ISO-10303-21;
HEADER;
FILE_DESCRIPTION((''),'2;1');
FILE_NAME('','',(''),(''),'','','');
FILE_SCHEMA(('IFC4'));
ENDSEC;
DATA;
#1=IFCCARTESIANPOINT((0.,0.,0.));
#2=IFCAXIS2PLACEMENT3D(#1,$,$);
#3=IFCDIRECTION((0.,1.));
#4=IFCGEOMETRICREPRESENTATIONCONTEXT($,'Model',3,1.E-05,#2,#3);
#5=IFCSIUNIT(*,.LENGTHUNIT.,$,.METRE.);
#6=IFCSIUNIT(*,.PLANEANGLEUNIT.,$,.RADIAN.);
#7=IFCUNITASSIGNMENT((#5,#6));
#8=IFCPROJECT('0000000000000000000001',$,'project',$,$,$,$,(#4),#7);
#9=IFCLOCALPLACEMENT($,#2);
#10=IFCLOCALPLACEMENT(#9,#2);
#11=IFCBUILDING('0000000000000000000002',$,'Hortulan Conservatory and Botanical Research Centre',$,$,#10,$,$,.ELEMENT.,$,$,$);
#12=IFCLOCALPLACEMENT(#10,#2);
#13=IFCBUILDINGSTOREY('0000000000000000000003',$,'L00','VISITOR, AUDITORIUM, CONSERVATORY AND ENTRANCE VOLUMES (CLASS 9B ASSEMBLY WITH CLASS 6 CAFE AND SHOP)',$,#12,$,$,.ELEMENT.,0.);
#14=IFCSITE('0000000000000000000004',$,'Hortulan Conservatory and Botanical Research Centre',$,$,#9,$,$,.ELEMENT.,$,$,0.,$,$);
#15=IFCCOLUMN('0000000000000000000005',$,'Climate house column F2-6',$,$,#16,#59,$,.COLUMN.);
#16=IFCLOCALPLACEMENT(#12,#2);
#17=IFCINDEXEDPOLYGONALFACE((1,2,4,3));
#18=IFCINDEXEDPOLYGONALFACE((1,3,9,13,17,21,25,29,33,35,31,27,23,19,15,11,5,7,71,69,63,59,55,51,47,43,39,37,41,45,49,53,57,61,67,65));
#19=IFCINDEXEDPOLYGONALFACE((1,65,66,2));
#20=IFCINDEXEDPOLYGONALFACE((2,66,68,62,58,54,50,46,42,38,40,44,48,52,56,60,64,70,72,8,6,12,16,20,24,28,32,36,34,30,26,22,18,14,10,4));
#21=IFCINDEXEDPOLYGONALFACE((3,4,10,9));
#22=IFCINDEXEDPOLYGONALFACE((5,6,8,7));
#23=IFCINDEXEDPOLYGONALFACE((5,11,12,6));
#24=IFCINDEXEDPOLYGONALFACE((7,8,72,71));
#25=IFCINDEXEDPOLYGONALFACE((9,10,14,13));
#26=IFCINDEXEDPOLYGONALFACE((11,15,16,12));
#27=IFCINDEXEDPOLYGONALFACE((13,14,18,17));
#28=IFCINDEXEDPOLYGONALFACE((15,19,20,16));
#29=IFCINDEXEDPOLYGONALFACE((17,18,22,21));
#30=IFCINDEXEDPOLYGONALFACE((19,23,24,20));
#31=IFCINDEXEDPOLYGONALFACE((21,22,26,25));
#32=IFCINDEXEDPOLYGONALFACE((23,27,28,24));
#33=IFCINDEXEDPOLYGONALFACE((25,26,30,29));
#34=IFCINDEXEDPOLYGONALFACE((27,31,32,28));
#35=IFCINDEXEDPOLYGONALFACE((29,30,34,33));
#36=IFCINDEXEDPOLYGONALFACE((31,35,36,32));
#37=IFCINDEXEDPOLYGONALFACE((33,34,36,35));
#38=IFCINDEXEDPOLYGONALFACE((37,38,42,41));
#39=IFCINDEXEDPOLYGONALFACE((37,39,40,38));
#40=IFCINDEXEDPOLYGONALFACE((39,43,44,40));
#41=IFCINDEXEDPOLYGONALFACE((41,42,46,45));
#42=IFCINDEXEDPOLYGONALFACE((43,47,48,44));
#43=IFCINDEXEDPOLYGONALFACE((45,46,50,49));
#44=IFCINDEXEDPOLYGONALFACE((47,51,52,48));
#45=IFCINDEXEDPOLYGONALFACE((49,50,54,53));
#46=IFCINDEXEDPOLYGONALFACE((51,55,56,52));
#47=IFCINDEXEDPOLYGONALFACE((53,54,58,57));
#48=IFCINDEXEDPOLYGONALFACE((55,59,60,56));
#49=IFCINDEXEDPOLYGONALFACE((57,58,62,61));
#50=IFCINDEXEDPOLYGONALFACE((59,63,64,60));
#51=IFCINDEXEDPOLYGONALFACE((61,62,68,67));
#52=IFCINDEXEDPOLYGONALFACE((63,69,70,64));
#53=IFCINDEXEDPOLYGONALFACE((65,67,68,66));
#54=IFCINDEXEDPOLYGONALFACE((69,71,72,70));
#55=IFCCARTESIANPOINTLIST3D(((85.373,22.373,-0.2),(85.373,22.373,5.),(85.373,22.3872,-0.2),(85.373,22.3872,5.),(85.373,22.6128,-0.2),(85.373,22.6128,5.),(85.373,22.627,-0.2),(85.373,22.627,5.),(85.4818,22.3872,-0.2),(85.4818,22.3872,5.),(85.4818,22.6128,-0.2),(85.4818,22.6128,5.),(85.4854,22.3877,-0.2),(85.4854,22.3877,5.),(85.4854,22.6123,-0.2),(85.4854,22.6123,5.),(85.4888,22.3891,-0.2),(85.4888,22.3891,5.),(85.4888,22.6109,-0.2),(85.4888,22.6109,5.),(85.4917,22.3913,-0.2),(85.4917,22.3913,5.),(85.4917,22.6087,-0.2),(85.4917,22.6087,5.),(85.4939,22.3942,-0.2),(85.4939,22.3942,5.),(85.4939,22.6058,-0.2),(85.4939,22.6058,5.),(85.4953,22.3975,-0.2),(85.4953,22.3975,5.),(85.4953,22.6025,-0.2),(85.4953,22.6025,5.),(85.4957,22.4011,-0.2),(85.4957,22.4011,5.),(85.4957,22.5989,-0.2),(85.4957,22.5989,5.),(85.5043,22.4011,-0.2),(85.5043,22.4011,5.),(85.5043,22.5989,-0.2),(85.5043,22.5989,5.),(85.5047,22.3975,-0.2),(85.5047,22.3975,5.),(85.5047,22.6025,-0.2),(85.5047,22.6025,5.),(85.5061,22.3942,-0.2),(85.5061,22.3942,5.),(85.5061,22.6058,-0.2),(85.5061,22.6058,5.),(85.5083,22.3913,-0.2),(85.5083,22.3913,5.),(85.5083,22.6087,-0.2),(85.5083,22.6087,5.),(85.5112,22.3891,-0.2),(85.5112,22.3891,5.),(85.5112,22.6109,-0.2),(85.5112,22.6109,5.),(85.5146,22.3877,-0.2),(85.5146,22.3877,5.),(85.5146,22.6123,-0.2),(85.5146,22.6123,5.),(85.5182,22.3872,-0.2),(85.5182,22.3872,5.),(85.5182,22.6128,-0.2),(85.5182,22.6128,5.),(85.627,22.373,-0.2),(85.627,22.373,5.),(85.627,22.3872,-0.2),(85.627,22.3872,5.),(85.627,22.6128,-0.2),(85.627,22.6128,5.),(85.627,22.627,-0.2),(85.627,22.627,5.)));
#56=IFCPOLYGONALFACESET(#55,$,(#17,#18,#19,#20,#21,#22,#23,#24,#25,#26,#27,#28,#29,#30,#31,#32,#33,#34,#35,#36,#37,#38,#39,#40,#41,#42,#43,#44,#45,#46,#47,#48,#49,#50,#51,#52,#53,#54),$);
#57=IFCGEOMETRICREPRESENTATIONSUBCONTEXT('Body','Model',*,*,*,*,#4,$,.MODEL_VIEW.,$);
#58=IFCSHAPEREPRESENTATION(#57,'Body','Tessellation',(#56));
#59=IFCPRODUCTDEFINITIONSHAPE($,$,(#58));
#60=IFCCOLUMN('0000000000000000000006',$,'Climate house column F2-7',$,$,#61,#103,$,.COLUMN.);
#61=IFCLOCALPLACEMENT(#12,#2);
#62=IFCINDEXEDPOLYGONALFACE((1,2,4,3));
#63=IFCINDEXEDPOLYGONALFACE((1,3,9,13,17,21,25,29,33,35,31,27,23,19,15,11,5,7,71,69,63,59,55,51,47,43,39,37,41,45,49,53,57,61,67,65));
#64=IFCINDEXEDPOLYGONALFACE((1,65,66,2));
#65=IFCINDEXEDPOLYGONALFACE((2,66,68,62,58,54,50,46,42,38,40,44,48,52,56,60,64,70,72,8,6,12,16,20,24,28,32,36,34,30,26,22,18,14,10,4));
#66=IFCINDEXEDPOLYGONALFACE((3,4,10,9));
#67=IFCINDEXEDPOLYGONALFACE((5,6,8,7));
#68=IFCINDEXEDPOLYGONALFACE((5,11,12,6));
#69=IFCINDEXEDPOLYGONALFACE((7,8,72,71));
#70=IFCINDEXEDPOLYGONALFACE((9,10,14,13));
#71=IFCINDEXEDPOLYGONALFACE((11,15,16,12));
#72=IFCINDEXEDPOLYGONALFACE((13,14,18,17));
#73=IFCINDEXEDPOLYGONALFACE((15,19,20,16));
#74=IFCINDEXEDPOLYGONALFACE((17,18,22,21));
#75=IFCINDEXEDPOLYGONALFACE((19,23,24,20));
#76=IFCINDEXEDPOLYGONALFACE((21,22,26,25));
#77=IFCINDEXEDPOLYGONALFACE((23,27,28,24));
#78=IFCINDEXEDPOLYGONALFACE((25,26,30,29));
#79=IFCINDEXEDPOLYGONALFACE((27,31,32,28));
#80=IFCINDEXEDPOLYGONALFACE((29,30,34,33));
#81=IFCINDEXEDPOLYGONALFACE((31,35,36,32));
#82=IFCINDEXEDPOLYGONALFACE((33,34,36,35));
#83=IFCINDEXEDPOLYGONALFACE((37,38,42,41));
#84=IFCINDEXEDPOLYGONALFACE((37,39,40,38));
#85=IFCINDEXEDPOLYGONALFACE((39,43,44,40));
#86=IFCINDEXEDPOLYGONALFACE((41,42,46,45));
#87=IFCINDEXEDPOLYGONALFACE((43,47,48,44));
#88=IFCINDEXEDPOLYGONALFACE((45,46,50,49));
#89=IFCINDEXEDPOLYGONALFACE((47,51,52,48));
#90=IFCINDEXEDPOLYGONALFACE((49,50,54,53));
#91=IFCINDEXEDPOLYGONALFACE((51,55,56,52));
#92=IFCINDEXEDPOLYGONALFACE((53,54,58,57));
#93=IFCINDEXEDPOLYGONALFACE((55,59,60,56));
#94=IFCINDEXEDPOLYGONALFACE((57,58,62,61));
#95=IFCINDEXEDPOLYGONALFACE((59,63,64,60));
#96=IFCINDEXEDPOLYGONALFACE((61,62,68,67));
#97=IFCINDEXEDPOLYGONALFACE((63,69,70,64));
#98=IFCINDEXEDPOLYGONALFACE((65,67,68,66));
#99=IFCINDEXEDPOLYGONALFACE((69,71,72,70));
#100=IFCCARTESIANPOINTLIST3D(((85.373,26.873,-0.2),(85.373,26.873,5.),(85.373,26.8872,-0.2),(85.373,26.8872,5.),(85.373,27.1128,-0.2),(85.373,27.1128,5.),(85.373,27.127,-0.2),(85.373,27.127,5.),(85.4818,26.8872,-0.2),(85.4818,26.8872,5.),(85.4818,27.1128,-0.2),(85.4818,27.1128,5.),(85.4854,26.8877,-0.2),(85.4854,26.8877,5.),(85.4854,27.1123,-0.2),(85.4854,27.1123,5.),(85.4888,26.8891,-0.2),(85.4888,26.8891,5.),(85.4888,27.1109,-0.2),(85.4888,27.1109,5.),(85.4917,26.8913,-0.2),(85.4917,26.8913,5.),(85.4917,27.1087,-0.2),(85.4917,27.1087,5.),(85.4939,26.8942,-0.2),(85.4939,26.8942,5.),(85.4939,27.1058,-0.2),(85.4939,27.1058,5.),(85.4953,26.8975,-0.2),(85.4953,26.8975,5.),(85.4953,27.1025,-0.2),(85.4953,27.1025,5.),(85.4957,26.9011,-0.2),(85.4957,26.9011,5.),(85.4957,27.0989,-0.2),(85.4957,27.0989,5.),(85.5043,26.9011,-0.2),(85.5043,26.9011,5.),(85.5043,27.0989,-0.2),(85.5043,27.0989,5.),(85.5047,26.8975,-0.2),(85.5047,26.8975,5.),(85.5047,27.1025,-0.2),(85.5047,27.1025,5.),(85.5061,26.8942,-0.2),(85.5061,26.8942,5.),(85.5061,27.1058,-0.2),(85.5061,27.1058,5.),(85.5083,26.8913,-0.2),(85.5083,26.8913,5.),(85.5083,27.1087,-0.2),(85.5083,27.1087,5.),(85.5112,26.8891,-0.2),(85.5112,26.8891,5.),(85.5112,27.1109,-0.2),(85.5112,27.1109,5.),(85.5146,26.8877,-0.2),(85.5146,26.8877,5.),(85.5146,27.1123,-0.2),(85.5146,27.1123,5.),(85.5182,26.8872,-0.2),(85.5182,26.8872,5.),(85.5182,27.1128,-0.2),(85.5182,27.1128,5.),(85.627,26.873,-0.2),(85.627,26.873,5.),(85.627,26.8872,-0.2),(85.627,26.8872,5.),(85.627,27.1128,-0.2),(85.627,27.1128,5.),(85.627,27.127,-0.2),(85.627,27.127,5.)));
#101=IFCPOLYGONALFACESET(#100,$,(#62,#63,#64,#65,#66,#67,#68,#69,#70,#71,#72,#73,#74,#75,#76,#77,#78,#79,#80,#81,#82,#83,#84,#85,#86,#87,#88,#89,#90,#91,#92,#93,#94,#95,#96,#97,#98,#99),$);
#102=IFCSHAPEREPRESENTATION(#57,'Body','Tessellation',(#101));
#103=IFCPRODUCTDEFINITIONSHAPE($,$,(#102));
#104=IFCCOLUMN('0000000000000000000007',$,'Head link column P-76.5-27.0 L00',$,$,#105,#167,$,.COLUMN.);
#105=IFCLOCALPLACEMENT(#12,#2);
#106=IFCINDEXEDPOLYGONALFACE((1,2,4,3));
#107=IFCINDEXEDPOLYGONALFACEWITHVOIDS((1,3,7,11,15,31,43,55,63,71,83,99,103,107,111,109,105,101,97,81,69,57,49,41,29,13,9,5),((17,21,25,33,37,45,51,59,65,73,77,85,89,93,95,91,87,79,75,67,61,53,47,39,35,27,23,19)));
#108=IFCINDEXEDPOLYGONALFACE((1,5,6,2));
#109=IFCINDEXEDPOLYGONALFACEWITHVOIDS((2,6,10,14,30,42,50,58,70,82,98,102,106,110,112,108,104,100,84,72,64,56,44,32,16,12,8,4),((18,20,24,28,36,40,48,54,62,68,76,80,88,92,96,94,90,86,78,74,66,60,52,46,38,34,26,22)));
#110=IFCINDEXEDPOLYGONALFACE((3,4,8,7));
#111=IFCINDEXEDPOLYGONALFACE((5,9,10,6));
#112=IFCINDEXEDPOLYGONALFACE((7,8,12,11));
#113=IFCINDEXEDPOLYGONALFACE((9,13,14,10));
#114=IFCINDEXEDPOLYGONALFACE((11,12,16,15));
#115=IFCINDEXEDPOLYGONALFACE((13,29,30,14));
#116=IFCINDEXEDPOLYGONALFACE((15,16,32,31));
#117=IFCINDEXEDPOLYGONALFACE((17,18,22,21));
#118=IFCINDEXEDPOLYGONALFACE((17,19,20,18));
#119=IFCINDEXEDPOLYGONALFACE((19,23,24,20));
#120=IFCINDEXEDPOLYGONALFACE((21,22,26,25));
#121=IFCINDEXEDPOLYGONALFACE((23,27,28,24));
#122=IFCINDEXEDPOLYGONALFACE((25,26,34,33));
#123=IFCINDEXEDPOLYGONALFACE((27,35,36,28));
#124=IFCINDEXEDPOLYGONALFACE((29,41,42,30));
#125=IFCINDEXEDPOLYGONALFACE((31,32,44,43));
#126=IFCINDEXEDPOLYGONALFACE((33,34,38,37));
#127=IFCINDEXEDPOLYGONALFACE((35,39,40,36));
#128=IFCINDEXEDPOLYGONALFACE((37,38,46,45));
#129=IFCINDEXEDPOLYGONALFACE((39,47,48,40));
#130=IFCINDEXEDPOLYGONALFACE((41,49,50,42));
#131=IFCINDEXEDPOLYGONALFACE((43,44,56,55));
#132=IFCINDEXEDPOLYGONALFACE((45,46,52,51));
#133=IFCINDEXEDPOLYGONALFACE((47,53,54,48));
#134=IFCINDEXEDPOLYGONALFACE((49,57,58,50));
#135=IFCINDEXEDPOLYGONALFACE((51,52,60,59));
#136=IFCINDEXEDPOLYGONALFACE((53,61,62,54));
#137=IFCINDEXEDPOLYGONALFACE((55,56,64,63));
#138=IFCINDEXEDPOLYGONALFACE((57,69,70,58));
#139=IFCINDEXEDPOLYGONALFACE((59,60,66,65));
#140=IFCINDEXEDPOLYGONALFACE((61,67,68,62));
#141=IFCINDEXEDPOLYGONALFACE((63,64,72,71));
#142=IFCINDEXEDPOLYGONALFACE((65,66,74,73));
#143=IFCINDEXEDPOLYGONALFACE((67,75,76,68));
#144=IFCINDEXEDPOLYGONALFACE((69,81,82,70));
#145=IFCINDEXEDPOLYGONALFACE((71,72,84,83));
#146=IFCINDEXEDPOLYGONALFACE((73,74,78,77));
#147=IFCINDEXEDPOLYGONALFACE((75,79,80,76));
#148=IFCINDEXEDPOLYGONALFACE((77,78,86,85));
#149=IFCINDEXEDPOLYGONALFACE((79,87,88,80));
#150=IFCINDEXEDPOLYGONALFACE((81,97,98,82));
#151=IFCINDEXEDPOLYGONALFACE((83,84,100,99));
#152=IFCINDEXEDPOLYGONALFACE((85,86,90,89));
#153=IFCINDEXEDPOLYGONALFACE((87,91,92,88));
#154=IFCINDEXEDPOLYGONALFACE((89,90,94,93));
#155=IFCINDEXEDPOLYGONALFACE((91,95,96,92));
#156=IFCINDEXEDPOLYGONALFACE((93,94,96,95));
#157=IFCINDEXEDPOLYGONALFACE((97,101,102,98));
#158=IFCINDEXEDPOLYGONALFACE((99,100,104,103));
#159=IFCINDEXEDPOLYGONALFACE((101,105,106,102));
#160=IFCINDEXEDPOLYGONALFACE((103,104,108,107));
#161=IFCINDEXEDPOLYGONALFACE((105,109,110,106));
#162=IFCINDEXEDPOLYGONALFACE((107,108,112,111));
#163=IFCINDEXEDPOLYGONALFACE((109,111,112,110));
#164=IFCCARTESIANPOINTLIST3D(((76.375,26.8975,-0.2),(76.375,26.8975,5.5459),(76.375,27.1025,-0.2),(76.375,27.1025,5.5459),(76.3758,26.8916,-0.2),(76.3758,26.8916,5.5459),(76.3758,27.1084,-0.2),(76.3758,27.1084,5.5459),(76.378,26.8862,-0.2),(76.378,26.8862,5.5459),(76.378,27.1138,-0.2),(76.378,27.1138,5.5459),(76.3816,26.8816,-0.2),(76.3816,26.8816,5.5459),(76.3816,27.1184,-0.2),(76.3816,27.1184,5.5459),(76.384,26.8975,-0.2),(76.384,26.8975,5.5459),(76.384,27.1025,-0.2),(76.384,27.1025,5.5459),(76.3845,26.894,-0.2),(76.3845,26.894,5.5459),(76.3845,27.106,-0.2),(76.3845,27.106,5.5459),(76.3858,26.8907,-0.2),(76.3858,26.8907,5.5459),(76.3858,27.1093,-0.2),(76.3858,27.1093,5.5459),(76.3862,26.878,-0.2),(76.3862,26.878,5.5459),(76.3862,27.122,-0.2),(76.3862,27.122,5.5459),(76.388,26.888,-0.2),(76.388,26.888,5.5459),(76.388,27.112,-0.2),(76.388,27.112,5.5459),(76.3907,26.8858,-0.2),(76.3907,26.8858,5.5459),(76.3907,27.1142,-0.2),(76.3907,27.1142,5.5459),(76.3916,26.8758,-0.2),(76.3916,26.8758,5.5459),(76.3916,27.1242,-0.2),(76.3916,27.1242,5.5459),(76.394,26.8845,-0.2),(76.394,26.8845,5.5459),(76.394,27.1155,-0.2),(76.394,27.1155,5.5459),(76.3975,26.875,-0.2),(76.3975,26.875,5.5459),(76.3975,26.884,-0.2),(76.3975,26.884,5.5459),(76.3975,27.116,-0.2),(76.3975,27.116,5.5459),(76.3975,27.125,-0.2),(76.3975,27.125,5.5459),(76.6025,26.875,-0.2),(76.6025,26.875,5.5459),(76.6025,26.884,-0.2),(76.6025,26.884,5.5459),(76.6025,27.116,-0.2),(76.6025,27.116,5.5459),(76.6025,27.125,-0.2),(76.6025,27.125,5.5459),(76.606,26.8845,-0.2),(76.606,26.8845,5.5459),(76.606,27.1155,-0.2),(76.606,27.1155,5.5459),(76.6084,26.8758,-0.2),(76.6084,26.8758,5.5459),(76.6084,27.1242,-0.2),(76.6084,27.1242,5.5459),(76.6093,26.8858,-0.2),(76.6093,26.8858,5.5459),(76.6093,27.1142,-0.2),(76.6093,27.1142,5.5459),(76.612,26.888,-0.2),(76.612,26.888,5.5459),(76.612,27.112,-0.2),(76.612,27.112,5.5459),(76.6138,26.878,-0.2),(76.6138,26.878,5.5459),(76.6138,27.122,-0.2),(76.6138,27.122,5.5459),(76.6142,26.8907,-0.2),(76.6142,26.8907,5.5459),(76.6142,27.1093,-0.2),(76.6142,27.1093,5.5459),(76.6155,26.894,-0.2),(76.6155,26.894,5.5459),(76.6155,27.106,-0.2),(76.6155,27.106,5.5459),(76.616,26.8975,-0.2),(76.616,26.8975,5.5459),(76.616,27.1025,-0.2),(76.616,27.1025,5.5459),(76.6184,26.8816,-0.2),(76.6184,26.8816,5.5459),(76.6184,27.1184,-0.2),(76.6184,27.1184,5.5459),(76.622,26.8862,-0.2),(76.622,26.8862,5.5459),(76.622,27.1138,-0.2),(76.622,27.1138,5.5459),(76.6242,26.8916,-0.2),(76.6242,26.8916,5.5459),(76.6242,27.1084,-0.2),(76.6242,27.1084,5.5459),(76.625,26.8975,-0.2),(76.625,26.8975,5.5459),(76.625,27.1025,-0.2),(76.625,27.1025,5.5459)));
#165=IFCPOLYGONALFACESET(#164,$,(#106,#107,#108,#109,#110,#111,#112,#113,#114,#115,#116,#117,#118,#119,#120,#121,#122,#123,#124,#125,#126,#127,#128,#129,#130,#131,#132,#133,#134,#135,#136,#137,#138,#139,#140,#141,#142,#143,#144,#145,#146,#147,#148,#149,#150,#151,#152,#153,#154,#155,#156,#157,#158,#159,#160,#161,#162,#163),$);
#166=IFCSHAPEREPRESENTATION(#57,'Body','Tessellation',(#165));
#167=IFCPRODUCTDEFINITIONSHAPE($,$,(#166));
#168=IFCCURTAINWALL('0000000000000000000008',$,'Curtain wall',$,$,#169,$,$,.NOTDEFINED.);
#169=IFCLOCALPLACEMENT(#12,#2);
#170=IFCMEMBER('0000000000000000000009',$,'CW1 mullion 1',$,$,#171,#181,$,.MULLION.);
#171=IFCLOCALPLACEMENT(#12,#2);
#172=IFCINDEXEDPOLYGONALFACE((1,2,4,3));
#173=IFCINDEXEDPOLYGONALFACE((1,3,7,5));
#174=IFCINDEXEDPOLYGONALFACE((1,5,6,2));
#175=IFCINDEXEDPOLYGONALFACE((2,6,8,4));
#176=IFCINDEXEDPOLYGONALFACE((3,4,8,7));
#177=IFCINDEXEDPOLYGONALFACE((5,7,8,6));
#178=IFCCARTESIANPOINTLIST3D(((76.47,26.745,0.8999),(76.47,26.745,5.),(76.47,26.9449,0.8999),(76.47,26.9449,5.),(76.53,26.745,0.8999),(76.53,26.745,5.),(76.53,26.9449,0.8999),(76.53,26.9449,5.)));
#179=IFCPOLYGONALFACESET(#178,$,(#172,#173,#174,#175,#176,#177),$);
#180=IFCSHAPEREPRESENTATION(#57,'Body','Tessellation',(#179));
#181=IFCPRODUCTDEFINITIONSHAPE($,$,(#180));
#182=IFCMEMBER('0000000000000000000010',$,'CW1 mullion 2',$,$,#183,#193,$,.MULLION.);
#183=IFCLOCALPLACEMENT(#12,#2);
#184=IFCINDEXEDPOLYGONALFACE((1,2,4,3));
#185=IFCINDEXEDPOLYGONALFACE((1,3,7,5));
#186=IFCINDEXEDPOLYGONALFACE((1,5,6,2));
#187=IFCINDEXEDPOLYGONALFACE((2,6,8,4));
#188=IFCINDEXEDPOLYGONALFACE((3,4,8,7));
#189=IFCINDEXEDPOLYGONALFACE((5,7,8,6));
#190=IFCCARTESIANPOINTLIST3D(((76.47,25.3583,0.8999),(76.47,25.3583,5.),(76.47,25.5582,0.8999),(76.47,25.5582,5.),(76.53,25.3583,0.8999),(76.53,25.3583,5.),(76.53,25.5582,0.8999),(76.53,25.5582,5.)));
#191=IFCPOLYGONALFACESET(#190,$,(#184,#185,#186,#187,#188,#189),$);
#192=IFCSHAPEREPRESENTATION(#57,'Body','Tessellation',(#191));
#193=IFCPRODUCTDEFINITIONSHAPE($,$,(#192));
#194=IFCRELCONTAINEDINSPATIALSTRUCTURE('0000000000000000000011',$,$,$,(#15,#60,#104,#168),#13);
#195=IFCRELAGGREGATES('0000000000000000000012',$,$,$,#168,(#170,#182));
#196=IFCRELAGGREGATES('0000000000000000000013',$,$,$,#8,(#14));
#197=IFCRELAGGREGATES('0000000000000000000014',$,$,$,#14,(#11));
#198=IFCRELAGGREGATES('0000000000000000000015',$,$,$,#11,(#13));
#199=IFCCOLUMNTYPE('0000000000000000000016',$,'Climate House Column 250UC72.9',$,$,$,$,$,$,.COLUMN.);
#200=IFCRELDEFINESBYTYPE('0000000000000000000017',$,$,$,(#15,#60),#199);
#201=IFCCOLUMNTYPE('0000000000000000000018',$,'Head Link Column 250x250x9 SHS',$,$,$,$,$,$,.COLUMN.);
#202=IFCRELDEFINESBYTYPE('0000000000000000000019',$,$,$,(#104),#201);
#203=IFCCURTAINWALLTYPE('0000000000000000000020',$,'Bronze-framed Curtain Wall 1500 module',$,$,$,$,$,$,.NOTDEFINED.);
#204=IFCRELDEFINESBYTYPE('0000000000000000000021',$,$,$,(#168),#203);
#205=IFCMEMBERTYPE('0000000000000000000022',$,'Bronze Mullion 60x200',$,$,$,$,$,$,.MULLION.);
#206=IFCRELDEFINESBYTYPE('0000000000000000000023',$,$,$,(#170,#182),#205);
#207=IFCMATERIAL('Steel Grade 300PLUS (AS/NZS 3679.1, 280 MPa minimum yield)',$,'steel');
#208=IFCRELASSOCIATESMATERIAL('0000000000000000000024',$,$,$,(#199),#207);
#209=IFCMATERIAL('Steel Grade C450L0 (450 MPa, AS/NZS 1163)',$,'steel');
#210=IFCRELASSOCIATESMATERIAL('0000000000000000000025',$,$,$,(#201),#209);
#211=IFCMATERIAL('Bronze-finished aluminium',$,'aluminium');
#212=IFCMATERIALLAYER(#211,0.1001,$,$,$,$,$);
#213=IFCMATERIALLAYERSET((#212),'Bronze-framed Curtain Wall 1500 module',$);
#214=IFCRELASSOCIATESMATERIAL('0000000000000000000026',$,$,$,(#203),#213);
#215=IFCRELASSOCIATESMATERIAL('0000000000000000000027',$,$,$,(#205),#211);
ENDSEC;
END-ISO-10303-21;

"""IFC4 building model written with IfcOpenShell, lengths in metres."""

from ifc_helpers import new_model, si_unit, direction, frame, origin, origin_2d, place, context, subcontext, project, spatial, rectangle, hollow_rectangle, i_section, extrude, material, layer, layer_set, material_profile, profile_set, type_object, element, aggregate, save


model = new_model("IFC4")

# Units and contexts
model_context = context("Model", 3, precision=1e-05, world=origin(), true_north=direction((0.0, 1.0)))
body_context = subcontext(model_context, "Body", "Model", "MODEL_VIEW")
ifc_project = project(units=[si_unit("LENGTHUNIT", "METRE"), si_unit("PLANEANGLEUNIT", "RADIAN")], contexts=[model_context])

# Site, building, storey
site_placement = place(None, origin())
site = spatial("IfcSite", under=ifc_project, at=site_placement, Name="Hortulan Conservatory and Botanical Research Centre", CompositionType="ELEMENT", RefElevation=0.0)
building_placement = place(site_placement, origin())
building = spatial("IfcBuilding", under=site, at=building_placement, Name="Hortulan Conservatory and Botanical Research Centre", CompositionType="ELEMENT")
storey_placement = place(building_placement, origin())
storey = spatial("IfcBuildingStorey", under=building, at=storey_placement, Name="L00", Description="VISITOR, AUDITORIUM, CONSERVATORY AND ENTRANCE VOLUMES (CLASS 9B ASSEMBLY WITH CLASS 6 CAFE AND SHOP)", CompositionType="ELEMENT", Elevation=0.0)

# Columns
ifc_material_1 = material(Name="Steel Grade 300PLUS (AS/NZS 3679.1, 280 MPa minimum yield)", Category="steel")
ifc_material_profile_1 = material_profile(ifc_material_1, i_section(OverallWidth=0.2539, OverallDepth=0.2539, WebThickness=0.0085, FlangeThickness=0.0142, FilletRadius=0.0139, at=origin_2d()), Name="250UC72.9")
ifc_profile_set_1 = profile_set([ifc_material_profile_1], Name="Steel Grade 300PLUS (AS/NZS 3679.1, 280 MPa minimum yield)")
column_type_1 = type_object("IfcColumnType", Name="Climate House Column 250UC72.9", PredefinedType="COLUMN", material=ifc_profile_set_1)
for number, where, z_axis, x_axis, name in (
    (1, (85.5, 22.5, -0.2), (0.0, 0.0, 1.0), (1.0, 0.0, 0.0), "Climate house column F2-6"),
    (2, (85.5, 27.0, -0.2), (0.0, 0.0, 1.0), (1.0, 0.0, 0.0), "Climate house column F2-7"),
):
    element("IfcColumn", number, at=place(storey_placement, frame(where, z_axis=z_axis, x_axis=x_axis)), inside=storey, type_object=column_type_1, Name=name, PredefinedType="COLUMN", context=body_context, shape_type="SweptSolid", body=[
        extrude(i_section(OverallWidth=0.2539, OverallDepth=0.2539, WebThickness=0.0085, FlangeThickness=0.0142, FilletRadius=0.0139, at=origin_2d()), origin(), (0.0, 0.0, 1.0), 5.2),
    ])
ifc_material_2 = material(Name="Steel Grade C450L0 (450 MPa, AS/NZS 1163)", Category="steel")
ifc_material_profile_2 = material_profile(ifc_material_2, hollow_rectangle(XDim=0.25, YDim=0.25, WallThickness=0.009, InnerFilletRadius=0.0134, OuterFilletRadius=0.0225, at=origin_2d()), Name="250x250x9SHS")
ifc_profile_set_2 = profile_set([ifc_material_profile_2], Name="Steel Grade C450L0 (450 MPa, AS/NZS 1163)")
column_type_2 = type_object("IfcColumnType", Name="Head Link Column 250x250x9 SHS", PredefinedType="COLUMN", material=ifc_profile_set_2)
column_placement = place(storey_placement, frame((76.5, 27.0, -0.2), z_axis=(0.0, 0.0, 1.0), x_axis=(1.0, 0.0, 0.0)))
element("IfcColumn", 3, at=column_placement, inside=storey, type_object=column_type_2, Name="Head link column P-76.5-27.0 L00", PredefinedType="COLUMN", context=body_context, shape_type="SweptSolid", body=[
    extrude(hollow_rectangle(XDim=0.25, YDim=0.25, WallThickness=0.009, InnerFilletRadius=0.0134, OuterFilletRadius=0.0225, at=origin_2d()), origin(), (0.0, 0.0, 1.0), 5.7458),
])

# Curtain wall, members
ifc_material_3 = material(Name="Bronze-finished aluminium", Category="aluminium")
ifc_layer_1 = layer(ifc_material_3, 0.1001)
ifc_layer_set_1 = layer_set([ifc_layer_1], Name="Bronze-framed Curtain Wall 1500 module")
curtain_wall_type = type_object("IfcCurtainWallType", Name="Bronze-framed Curtain Wall 1500 module", PredefinedType="NOTDEFINED", material=ifc_layer_set_1)
curtain_wall_placement = place(storey_placement, origin())
curtain_wall = element("IfcCurtainWall", 4, at=curtain_wall_placement, inside=storey, type_object=curtain_wall_type, Name="Curtain wall", PredefinedType="NOTDEFINED")
ifc_material_profile_3 = material_profile(ifc_material_3, rectangle(XDim=0.0601, YDim=0.2, at=origin_2d()), Name="Bronze Mullion 60x200")
ifc_profile_set_3 = profile_set([ifc_material_profile_3], Name="Bronze-finished aluminium")
member_type_1 = type_object("IfcMemberType", Name="Bronze Mullion 60x200", PredefinedType="MULLION", material=ifc_profile_set_3)
member_1_placement = place(storey_placement, frame((76.5, 26.845, 0.8999), z_axis=(0.0, 0.0, 1.0), x_axis=(1.0, 0.0, 0.0)))
member_1 = element("IfcMember", 5, at=member_1_placement, type_object=member_type_1, Name="CW1 mullion 1", PredefinedType="MULLION", context=body_context, shape_type="SweptSolid", body=[
    extrude(rectangle(XDim=0.0601, YDim=0.2, at=origin_2d()), origin(), (0.0, 0.0, 1.0), 4.1001),
])
member_2_placement = place(storey_placement, frame((76.5, 25.4583, 0.8999), z_axis=(0.0, 0.0, 1.0), x_axis=(1.0, 0.0, 0.0)))
member_2 = element("IfcMember", 6, at=member_2_placement, type_object=member_type_1, Name="CW1 mullion 2", PredefinedType="MULLION", context=body_context, shape_type="SweptSolid", body=[
    extrude(rectangle(XDim=0.0601, YDim=0.2, at=origin_2d()), origin(), (0.0, 0.0, 1.0), 4.1001),
])

aggregate(curtain_wall, [member_1, member_2])

save(model, "model.ifc")
